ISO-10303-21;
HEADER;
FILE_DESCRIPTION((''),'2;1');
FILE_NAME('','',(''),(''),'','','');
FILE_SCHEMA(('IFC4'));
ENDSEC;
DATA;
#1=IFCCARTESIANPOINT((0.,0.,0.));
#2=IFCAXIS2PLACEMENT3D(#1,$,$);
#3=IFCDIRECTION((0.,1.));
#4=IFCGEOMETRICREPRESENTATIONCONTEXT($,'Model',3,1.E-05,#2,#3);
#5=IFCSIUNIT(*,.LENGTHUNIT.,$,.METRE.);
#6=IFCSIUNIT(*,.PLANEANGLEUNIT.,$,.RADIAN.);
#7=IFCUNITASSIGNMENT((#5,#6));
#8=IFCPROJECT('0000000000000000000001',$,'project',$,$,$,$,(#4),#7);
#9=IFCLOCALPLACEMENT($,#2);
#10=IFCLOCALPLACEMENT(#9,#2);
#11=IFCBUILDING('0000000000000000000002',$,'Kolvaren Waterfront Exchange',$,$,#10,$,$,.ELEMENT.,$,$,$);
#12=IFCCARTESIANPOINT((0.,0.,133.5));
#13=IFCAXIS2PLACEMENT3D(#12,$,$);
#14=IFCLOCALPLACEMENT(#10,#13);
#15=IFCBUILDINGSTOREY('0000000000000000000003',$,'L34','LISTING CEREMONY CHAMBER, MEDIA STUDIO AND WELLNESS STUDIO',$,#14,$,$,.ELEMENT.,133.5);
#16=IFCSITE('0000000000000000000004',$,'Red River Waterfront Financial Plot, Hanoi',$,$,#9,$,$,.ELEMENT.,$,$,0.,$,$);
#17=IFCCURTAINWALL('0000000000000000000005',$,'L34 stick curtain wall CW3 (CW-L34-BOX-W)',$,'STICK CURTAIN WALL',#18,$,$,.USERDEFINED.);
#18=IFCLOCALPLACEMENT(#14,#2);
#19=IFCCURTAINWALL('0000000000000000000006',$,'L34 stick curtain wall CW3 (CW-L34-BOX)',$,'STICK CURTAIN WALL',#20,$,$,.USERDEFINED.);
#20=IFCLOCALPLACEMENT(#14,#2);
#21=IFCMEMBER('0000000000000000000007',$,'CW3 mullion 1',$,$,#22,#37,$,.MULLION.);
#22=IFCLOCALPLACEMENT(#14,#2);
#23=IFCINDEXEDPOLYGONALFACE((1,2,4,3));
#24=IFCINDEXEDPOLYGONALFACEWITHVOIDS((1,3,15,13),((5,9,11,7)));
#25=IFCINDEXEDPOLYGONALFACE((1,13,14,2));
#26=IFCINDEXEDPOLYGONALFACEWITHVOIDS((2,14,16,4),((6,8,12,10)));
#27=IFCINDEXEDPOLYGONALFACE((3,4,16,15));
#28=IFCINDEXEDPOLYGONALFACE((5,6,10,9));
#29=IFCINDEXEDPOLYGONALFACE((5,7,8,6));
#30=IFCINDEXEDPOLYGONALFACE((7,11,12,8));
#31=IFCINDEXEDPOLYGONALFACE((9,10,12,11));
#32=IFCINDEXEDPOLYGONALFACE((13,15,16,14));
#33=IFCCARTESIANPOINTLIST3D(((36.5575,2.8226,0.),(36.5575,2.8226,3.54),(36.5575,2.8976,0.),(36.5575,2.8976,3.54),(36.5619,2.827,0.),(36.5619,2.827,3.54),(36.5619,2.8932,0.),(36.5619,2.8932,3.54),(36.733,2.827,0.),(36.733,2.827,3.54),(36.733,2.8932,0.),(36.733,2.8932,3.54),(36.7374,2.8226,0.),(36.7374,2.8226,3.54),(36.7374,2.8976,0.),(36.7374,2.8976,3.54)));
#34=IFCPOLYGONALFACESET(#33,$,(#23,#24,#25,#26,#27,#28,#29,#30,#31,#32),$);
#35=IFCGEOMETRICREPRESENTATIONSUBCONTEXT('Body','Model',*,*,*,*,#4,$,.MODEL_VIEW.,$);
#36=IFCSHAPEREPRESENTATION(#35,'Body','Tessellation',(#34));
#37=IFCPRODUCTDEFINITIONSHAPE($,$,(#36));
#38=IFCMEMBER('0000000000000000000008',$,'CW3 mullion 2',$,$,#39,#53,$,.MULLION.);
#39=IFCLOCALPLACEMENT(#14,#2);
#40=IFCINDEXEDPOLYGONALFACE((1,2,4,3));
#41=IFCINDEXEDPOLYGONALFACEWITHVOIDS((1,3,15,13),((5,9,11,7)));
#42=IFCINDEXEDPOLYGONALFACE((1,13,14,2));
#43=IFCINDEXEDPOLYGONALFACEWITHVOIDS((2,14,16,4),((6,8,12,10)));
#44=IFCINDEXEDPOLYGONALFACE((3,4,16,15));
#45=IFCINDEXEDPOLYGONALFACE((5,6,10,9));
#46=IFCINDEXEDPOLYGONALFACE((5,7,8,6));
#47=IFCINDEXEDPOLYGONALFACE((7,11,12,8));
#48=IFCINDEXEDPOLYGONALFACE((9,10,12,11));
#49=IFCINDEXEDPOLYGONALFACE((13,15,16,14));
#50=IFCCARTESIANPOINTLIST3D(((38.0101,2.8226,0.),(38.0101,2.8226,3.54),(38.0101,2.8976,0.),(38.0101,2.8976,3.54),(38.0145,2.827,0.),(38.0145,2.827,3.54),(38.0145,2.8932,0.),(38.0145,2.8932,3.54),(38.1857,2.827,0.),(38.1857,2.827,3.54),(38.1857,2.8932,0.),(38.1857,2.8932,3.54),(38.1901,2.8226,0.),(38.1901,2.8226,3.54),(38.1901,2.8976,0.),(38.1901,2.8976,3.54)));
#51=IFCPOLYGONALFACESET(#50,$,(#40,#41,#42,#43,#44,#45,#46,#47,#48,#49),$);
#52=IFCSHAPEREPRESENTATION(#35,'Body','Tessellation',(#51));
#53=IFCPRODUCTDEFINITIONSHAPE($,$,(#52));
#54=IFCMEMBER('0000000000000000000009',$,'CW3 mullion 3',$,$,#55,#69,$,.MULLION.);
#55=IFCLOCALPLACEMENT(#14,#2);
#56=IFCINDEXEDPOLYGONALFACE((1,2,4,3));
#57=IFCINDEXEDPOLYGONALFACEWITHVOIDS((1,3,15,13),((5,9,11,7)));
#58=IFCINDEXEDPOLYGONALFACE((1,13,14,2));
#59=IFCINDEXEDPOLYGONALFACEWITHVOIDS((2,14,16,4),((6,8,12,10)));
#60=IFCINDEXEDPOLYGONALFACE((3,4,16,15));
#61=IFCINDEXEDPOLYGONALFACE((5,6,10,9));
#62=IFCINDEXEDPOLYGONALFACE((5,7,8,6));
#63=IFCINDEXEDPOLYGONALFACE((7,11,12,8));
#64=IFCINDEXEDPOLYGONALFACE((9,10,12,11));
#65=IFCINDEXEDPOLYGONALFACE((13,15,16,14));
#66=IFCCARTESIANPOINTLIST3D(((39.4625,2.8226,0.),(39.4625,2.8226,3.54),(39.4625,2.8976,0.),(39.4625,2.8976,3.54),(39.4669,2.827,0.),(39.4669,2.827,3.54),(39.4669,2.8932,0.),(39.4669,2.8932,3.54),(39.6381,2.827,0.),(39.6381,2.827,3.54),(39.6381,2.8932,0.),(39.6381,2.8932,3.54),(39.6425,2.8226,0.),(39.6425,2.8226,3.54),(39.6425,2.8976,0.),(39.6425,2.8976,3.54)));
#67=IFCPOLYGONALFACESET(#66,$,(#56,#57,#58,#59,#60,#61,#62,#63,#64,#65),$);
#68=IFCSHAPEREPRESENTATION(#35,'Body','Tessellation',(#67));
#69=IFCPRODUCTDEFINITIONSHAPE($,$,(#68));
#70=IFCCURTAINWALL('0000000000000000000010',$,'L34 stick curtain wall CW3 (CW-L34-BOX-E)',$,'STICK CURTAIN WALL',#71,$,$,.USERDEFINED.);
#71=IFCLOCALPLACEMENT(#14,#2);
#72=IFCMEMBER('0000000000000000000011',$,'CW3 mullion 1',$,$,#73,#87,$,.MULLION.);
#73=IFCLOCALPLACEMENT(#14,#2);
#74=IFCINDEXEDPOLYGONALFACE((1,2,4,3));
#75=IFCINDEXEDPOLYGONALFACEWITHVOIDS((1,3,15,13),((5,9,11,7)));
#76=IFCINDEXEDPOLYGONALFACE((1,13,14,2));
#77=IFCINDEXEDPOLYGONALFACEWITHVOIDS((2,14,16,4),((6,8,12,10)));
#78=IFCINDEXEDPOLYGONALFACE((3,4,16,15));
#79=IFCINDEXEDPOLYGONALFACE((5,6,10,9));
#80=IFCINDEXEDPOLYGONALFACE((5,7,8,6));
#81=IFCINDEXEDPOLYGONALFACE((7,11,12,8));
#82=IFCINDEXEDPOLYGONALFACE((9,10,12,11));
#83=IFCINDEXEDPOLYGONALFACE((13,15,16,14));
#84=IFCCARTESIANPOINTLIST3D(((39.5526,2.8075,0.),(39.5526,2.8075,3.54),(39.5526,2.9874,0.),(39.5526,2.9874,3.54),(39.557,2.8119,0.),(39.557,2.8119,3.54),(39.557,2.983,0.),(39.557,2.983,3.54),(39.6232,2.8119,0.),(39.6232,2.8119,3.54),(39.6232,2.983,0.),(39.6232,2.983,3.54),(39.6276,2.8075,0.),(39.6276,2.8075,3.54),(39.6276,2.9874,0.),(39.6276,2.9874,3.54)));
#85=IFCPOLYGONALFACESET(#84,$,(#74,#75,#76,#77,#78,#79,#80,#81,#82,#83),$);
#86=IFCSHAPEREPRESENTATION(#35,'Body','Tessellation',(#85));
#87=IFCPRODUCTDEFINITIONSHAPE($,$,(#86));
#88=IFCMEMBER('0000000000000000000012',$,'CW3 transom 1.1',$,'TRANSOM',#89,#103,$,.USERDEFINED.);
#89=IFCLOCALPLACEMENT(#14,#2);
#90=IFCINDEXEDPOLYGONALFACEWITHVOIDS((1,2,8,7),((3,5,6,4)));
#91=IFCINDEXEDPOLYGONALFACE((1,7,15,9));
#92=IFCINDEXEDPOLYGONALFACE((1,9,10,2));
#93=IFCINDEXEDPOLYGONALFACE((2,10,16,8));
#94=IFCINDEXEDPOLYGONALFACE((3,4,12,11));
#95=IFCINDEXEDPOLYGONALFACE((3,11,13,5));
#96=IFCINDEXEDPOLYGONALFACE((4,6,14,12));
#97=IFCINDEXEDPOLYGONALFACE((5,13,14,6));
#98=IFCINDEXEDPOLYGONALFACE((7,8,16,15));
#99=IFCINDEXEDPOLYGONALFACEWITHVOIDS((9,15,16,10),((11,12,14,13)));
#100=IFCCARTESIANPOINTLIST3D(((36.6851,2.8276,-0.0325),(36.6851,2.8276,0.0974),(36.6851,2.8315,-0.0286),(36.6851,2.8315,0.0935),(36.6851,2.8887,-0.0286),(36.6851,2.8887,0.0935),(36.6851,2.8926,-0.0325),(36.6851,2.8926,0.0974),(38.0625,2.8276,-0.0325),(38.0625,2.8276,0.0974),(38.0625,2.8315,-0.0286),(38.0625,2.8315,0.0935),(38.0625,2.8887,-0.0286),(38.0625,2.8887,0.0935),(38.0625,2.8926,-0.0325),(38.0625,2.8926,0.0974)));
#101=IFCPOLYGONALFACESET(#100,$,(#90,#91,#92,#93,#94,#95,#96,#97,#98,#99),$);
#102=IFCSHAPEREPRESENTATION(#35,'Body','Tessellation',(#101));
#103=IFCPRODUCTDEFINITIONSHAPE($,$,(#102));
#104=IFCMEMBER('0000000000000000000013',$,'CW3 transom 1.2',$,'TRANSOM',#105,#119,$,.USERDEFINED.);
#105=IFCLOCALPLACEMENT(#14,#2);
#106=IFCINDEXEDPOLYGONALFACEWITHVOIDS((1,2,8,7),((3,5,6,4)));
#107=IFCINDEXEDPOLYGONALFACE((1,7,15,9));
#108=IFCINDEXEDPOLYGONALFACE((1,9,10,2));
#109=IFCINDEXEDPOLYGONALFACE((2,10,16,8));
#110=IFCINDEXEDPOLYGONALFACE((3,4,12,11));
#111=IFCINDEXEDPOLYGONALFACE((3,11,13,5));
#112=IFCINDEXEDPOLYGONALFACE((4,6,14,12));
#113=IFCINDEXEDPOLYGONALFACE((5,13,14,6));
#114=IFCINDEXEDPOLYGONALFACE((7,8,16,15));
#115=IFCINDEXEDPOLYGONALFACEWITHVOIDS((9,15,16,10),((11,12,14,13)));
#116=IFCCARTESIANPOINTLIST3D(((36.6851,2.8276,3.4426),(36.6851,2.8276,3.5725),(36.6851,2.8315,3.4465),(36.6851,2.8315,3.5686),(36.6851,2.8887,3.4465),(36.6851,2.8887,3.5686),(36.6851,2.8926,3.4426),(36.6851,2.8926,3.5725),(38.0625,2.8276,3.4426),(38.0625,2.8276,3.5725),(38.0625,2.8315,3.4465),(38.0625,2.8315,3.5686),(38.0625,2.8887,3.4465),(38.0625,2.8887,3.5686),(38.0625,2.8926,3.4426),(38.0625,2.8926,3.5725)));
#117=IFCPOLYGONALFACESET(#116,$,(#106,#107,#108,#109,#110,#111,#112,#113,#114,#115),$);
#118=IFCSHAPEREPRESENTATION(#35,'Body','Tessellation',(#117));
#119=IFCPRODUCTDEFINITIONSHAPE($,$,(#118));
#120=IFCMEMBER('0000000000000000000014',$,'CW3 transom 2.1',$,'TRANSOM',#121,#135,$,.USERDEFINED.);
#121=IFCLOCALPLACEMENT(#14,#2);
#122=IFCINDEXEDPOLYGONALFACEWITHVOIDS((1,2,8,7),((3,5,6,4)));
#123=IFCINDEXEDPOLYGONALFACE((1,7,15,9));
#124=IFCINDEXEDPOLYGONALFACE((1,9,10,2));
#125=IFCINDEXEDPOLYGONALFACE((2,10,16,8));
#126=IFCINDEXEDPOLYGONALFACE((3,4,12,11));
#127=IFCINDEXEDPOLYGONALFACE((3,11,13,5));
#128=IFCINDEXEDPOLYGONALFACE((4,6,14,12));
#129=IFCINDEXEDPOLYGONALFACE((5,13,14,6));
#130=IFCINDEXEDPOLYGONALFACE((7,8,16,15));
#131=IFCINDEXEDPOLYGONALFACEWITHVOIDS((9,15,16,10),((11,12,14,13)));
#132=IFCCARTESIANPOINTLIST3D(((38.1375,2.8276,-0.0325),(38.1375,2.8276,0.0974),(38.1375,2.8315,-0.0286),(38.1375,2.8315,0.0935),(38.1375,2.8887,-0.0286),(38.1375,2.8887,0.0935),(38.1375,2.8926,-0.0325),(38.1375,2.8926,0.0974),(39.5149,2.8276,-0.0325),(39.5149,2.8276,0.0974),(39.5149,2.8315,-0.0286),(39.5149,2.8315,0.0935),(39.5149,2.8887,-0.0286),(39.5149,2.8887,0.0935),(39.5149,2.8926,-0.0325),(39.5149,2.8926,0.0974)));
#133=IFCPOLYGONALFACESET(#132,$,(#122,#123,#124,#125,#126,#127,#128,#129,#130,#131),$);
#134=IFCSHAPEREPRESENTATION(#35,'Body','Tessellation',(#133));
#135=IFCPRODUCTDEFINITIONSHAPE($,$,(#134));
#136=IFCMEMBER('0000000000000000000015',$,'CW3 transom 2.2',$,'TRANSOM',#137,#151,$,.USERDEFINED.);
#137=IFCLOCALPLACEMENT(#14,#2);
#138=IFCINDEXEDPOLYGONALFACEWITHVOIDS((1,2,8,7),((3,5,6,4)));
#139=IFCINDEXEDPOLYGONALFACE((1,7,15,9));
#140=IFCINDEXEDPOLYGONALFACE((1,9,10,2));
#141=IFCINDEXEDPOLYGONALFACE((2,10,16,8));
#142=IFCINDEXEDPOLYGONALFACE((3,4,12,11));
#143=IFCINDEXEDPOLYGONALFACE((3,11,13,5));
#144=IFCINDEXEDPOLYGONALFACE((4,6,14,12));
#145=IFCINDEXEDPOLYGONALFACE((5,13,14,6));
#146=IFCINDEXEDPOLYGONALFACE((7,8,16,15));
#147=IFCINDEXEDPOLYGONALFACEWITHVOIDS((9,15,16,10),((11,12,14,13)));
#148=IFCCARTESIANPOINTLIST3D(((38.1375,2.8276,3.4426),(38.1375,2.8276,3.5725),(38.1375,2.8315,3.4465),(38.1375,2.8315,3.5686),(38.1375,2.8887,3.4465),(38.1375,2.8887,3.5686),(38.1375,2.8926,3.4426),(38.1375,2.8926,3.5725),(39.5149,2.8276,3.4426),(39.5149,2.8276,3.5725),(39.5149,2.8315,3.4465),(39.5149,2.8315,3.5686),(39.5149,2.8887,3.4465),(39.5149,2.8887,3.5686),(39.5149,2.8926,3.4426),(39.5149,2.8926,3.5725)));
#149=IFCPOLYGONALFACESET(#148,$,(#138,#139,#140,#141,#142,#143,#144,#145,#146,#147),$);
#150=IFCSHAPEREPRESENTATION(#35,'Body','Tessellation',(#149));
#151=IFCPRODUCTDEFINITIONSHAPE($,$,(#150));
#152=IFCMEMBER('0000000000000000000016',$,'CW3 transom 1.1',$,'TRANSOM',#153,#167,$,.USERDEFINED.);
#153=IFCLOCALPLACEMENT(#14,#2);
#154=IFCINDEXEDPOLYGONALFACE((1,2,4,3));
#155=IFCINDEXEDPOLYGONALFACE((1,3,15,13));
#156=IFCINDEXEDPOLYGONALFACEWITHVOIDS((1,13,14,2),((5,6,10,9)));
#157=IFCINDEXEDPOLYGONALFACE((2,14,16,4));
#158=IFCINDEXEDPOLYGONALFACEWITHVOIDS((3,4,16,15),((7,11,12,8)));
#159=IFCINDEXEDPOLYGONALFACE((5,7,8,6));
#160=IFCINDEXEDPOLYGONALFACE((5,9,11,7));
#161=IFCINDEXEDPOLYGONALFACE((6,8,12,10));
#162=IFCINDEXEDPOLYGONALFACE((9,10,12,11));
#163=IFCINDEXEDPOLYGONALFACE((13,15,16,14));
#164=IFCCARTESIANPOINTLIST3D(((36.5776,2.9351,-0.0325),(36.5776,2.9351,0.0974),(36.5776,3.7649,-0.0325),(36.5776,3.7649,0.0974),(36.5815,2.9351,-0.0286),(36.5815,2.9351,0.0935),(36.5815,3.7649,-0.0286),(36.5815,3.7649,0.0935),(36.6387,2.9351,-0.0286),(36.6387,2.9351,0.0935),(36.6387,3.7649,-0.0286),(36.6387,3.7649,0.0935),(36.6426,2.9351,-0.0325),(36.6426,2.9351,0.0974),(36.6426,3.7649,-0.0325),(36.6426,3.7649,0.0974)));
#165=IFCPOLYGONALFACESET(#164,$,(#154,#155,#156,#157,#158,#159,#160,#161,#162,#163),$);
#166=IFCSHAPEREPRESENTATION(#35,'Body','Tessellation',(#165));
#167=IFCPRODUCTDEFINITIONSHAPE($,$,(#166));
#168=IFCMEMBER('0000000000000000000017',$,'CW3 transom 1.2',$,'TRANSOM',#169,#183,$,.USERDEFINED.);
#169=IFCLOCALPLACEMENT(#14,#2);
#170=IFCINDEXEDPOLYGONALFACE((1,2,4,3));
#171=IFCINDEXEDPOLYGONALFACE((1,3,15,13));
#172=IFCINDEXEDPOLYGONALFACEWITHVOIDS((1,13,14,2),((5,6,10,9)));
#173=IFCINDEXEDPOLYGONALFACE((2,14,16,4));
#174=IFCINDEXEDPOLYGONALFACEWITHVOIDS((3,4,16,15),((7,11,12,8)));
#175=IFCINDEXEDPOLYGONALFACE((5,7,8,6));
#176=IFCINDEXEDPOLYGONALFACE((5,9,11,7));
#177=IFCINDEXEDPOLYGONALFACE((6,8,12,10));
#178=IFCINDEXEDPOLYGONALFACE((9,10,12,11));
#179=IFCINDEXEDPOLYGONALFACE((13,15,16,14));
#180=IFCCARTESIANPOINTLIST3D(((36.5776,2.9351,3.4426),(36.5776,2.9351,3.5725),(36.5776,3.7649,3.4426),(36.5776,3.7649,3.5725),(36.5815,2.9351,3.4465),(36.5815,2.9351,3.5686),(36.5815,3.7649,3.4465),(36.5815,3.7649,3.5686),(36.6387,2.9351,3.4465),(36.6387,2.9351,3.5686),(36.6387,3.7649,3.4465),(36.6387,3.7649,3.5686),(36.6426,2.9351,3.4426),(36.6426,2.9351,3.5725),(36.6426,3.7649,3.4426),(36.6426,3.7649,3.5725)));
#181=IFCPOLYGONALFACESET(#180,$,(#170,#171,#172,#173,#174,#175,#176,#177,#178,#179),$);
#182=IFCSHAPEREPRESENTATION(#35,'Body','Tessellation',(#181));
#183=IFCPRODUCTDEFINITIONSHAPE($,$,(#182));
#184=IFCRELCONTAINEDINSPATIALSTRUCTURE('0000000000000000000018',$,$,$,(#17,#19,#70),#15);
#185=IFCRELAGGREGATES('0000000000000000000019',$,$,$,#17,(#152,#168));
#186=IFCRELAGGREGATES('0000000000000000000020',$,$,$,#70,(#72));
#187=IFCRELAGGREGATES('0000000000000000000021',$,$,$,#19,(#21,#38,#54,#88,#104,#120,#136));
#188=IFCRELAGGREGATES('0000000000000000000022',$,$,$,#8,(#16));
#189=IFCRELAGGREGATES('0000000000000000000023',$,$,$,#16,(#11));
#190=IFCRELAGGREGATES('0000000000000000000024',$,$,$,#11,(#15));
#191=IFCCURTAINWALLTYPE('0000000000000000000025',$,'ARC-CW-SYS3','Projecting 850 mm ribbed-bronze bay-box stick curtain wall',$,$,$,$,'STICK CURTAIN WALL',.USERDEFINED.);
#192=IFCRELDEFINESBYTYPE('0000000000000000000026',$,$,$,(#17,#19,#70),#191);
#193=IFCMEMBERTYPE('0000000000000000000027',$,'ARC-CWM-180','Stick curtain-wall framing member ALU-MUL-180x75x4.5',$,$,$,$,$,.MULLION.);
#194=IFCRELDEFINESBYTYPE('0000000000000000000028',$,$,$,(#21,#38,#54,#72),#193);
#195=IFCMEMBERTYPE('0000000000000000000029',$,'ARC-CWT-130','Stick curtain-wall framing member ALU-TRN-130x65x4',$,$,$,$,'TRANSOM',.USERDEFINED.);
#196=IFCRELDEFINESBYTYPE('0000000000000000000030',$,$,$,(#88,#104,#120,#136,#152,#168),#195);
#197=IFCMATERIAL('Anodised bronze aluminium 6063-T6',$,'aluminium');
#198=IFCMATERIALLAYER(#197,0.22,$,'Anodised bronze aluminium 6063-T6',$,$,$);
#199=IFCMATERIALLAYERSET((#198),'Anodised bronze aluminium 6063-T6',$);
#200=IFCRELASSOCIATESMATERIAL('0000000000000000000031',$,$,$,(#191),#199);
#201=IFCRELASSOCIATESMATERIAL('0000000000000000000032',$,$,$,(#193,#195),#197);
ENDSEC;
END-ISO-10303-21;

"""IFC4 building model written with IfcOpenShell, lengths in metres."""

from ifc_helpers import new_model, si_unit, direction, frame, origin, origin_with_axes, origin_2d, place, context, subcontext, project, spatial, hollow_rectangle, extrude, source, transform, mapped, material, layer, layer_set, material_profile, profile_set, type_object, element, aggregate, save


model = new_model("IFC4")

# Units and contexts
model_context = context("Model", 3, precision=1e-05, world=origin(), true_north=direction((0.0, 1.0)))
body_context = subcontext(model_context, "Body", "Model", "MODEL_VIEW")
ifc_project = project(units=[si_unit("LENGTHUNIT", "METRE"), si_unit("PLANEANGLEUNIT", "RADIAN")], contexts=[model_context])

# Site, building, storey
site_placement = place(None, origin())
site = spatial("IfcSite", under=ifc_project, at=site_placement, Name="Red River Waterfront Financial Plot, Hanoi", CompositionType="ELEMENT", RefElevation=0.0)
building_placement = place(site_placement, origin())
building = spatial("IfcBuilding", under=site, at=building_placement, Name="Kolvaren Waterfront Exchange", CompositionType="ELEMENT")
storey_placement = place(building_placement, frame((0.0, 0.0, 133.5)))
storey = spatial("IfcBuildingStorey", under=building, at=storey_placement, Name="L34", Description="LISTING CEREMONY CHAMBER, MEDIA STUDIO AND WELLNESS STUDIO", CompositionType="ELEMENT", Elevation=133.5)

# Curtain wall
ifc_material_1 = material(Name="Anodised bronze aluminium 6063-T6", Category="aluminium")
ifc_layer_1 = layer(ifc_material_1, 0.22, Name="Anodised bronze aluminium 6063-T6")
ifc_layer_set_1 = layer_set([ifc_layer_1], Name="Anodised bronze aluminium 6063-T6")
curtain_wall_type = type_object("IfcCurtainWallType", Name="ARC-CW-SYS3", Description="Projecting 850 mm ribbed-bronze bay-box stick curtain wall", ElementType="STICK CURTAIN WALL", PredefinedType="USERDEFINED", material=ifc_layer_set_1)
curtain_wall_1_placement = place(storey_placement, origin())
curtain_wall_1 = element("IfcCurtainWall", 1, at=curtain_wall_1_placement, inside=storey, type_object=curtain_wall_type, Name="L34 stick curtain wall CW3 (CW-L34-BOX-W)", ObjectType="STICK CURTAIN WALL", PredefinedType="USERDEFINED")
ifc_material_profile_1 = material_profile(ifc_material_1, hollow_rectangle(XDim=0.075, YDim=0.1799, WallThickness=0.0044, at=origin_2d()), Name="ALU-MUL-180x75x4.5")
ifc_profile_set_1 = profile_set([ifc_material_profile_1], Name="Anodised bronze aluminium 6063-T6")
member_type_1 = type_object("IfcMemberType", Name="ARC-CWM-180", Description="Stick curtain-wall framing member ALU-MUL-180x75x4.5", PredefinedType="MULLION", material=ifc_profile_set_1)
shared_shape_1 = source(origin_with_axes(), body_context, "Body", "SweptSolid", [
    extrude(hollow_rectangle(XDim=0.075, YDim=0.1799, WallThickness=0.0044, at=origin_2d()), origin(), (0.0, 0.0, 1.0), 3.54),
])

# Curtain wall, members
curtain_wall_2_placement = place(storey_placement, origin())
curtain_wall_2 = element("IfcCurtainWall", 2, at=curtain_wall_2_placement, inside=storey, type_object=curtain_wall_type, Name="L34 stick curtain wall CW3 (CW-L34-BOX)", ObjectType="STICK CURTAIN WALL", PredefinedType="USERDEFINED")
member_1_placement = place(storey_placement, frame((36.6475, 2.8601, 0.0), z_axis=(0.0, 0.0, 1.0), x_axis=(0.0, 1.0, 0.0)))
member_1 = element("IfcMember", 3, at=member_1_placement, type_object=member_type_1, Name="CW3 mullion 1", PredefinedType="MULLION", context=body_context, shape_type="MappedRepresentation", body=[
    mapped(shared_shape_1, transform((0.0, 0.0, 0.0), x_axis=(1.0, 0.0, 0.0), y_axis=(0.0, 1.0, 0.0), z_axis=(0.0, 0.0, 1.0), scale=1.0)),
])
member_2_placement = place(storey_placement, frame((38.1001, 2.8601, 0.0), z_axis=(0.0, 0.0, 1.0), x_axis=(0.0, 1.0, 0.0)))
member_2 = element("IfcMember", 4, at=member_2_placement, type_object=member_type_1, Name="CW3 mullion 2", PredefinedType="MULLION", context=body_context, shape_type="MappedRepresentation", body=[
    mapped(shared_shape_1, transform((0.0, 0.0, 0.0), x_axis=(1.0, 0.0, 0.0), y_axis=(0.0, 1.0, 0.0), z_axis=(0.0, 0.0, 1.0), scale=1.0)),
])
member_3_placement = place(storey_placement, frame((39.5525, 2.8601, 0.0), z_axis=(0.0, 0.0, 1.0), x_axis=(0.0, 1.0, 0.0)))
member_3 = element("IfcMember", 5, at=member_3_placement, type_object=member_type_1, Name="CW3 mullion 3", PredefinedType="MULLION", context=body_context, shape_type="MappedRepresentation", body=[
    mapped(shared_shape_1, transform((0.0, 0.0, 0.0), x_axis=(1.0, 0.0, 0.0), y_axis=(0.0, 1.0, 0.0), z_axis=(0.0, 0.0, 1.0), scale=1.0)),
])

# Curtain wall, member
curtain_wall_3_placement = place(storey_placement, origin())
curtain_wall_3 = element("IfcCurtainWall", 6, at=curtain_wall_3_placement, inside=storey, type_object=curtain_wall_type, Name="L34 stick curtain wall CW3 (CW-L34-BOX-E)", ObjectType="STICK CURTAIN WALL", PredefinedType="USERDEFINED")
member_4_placement = place(storey_placement, frame((39.5901, 2.8975, 0.0), z_axis=(0.0, 0.0, 1.0), x_axis=(-1.0, 0.0, 0.0)))
member_4 = element("IfcMember", 7, at=member_4_placement, type_object=member_type_1, Name="CW3 mullion 1", PredefinedType="MULLION", context=body_context, shape_type="MappedRepresentation", body=[
    mapped(shared_shape_1, transform((0.0, 0.0, 0.0), x_axis=(1.0, 0.0, 0.0), y_axis=(0.0, 1.0, 0.0), z_axis=(0.0, 0.0, 1.0), scale=1.0)),
])

# Members
ifc_material_profile_2 = material_profile(ifc_material_1, hollow_rectangle(XDim=0.0649, YDim=0.1299, WallThickness=0.0039, at=origin_2d()), Name="ALU-TRN-130x65x4")
ifc_profile_set_2 = profile_set([ifc_material_profile_2], Name="Anodised bronze aluminium 6063-T6")
member_type_2 = type_object("IfcMemberType", Name="ARC-CWT-130", Description="Stick curtain-wall framing member ALU-TRN-130x65x4", ElementType="TRANSOM", PredefinedType="USERDEFINED", material=ifc_profile_set_2)
shared_shape_2 = source(origin_with_axes(), body_context, "Body", "SweptSolid", [
    extrude(hollow_rectangle(XDim=0.0649, YDim=0.1299, WallThickness=0.0039, at=origin_2d()), origin(), (0.0, 0.0, 1.0), 1.3774),
])
member_5_placement = place(storey_placement, frame((36.6851, 2.8601, 0.0325), z_axis=(1.0, 0.0, 0.0), x_axis=(0.0, 1.0, 0.0)))
member_5 = element("IfcMember", 8, at=member_5_placement, type_object=member_type_2, Name="CW3 transom 1.1", ObjectType="TRANSOM", PredefinedType="USERDEFINED", context=body_context, shape_type="MappedRepresentation", body=[
    mapped(shared_shape_2, transform((0.0, 0.0, 0.0), x_axis=(1.0, 0.0, 0.0), y_axis=(0.0, 1.0, 0.0), z_axis=(0.0, 0.0, 1.0), scale=1.0)),
])
member_6_placement = place(storey_placement, frame((36.6851, 2.8601, 3.5076), z_axis=(1.0, 0.0, 0.0), x_axis=(0.0, 1.0, 0.0)))
member_6 = element("IfcMember", 9, at=member_6_placement, type_object=member_type_2, Name="CW3 transom 1.2", ObjectType="TRANSOM", PredefinedType="USERDEFINED", context=body_context, shape_type="MappedRepresentation", body=[
    mapped(shared_shape_2, transform((0.0, 0.0, 0.0), x_axis=(1.0, 0.0, 0.0), y_axis=(0.0, 1.0, 0.0), z_axis=(0.0, 0.0, 1.0), scale=1.0)),
])
member_7_placement = place(storey_placement, frame((38.1375, 2.8601, 0.0325), z_axis=(1.0, 0.0, 0.0), x_axis=(0.0, 1.0, 0.0)))
member_7 = element("IfcMember", 10, at=member_7_placement, type_object=member_type_2, Name="CW3 transom 2.1", ObjectType="TRANSOM", PredefinedType="USERDEFINED", context=body_context, shape_type="MappedRepresentation", body=[
    mapped(shared_shape_2, transform((0.0, 0.0, 0.0), x_axis=(1.0, 0.0, 0.0), y_axis=(0.0, 1.0, 0.0), z_axis=(0.0, 0.0, 1.0), scale=1.0)),
])
member_8_placement = place(storey_placement, frame((38.1375, 2.8601, 3.5076), z_axis=(1.0, 0.0, 0.0), x_axis=(0.0, 1.0, 0.0)))
member_8 = element("IfcMember", 11, at=member_8_placement, type_object=member_type_2, Name="CW3 transom 2.2", ObjectType="TRANSOM", PredefinedType="USERDEFINED", context=body_context, shape_type="MappedRepresentation", body=[
    mapped(shared_shape_2, transform((0.0, 0.0, 0.0), x_axis=(1.0, 0.0, 0.0), y_axis=(0.0, 1.0, 0.0), z_axis=(0.0, 0.0, 1.0), scale=1.0)),
])
shared_shape_3 = source(origin_with_axes(), body_context, "Body", "SweptSolid", [
    extrude(hollow_rectangle(XDim=0.0649, YDim=0.1299, WallThickness=0.0039, at=origin_2d()), origin(), (0.0, 0.0, 1.0), 0.8298),
])
member_9_placement = place(storey_placement, frame((36.6101, 3.7649, 0.0325), z_axis=(0.0, -1.0, 0.0), x_axis=(1.0, 0.0, 0.0)))
member_9 = element("IfcMember", 12, at=member_9_placement, type_object=member_type_2, Name="CW3 transom 1.1", ObjectType="TRANSOM", PredefinedType="USERDEFINED", context=body_context, shape_type="MappedRepresentation", body=[
    mapped(shared_shape_3, transform((0.0, 0.0, 0.0), x_axis=(1.0, 0.0, 0.0), y_axis=(0.0, 1.0, 0.0), z_axis=(0.0, 0.0, 1.0), scale=1.0)),
])
member_10_placement = place(storey_placement, frame((36.6101, 3.7649, 3.5076), z_axis=(0.0, -1.0, 0.0), x_axis=(1.0, 0.0, 0.0)))
member_10 = element("IfcMember", 13, at=member_10_placement, type_object=member_type_2, Name="CW3 transom 1.2", ObjectType="TRANSOM", PredefinedType="USERDEFINED", context=body_context, shape_type="MappedRepresentation", body=[
    mapped(shared_shape_3, transform((0.0, 0.0, 0.0), x_axis=(1.0, 0.0, 0.0), y_axis=(0.0, 1.0, 0.0), z_axis=(0.0, 0.0, 1.0), scale=1.0)),
])
aggregate(curtain_wall_1, [member_9, member_10])
aggregate(curtain_wall_3, [member_4])

aggregate(curtain_wall_2, [member_1, member_2, member_3, member_5, member_6, member_7, member_8])

save(model, "model.ifc")
